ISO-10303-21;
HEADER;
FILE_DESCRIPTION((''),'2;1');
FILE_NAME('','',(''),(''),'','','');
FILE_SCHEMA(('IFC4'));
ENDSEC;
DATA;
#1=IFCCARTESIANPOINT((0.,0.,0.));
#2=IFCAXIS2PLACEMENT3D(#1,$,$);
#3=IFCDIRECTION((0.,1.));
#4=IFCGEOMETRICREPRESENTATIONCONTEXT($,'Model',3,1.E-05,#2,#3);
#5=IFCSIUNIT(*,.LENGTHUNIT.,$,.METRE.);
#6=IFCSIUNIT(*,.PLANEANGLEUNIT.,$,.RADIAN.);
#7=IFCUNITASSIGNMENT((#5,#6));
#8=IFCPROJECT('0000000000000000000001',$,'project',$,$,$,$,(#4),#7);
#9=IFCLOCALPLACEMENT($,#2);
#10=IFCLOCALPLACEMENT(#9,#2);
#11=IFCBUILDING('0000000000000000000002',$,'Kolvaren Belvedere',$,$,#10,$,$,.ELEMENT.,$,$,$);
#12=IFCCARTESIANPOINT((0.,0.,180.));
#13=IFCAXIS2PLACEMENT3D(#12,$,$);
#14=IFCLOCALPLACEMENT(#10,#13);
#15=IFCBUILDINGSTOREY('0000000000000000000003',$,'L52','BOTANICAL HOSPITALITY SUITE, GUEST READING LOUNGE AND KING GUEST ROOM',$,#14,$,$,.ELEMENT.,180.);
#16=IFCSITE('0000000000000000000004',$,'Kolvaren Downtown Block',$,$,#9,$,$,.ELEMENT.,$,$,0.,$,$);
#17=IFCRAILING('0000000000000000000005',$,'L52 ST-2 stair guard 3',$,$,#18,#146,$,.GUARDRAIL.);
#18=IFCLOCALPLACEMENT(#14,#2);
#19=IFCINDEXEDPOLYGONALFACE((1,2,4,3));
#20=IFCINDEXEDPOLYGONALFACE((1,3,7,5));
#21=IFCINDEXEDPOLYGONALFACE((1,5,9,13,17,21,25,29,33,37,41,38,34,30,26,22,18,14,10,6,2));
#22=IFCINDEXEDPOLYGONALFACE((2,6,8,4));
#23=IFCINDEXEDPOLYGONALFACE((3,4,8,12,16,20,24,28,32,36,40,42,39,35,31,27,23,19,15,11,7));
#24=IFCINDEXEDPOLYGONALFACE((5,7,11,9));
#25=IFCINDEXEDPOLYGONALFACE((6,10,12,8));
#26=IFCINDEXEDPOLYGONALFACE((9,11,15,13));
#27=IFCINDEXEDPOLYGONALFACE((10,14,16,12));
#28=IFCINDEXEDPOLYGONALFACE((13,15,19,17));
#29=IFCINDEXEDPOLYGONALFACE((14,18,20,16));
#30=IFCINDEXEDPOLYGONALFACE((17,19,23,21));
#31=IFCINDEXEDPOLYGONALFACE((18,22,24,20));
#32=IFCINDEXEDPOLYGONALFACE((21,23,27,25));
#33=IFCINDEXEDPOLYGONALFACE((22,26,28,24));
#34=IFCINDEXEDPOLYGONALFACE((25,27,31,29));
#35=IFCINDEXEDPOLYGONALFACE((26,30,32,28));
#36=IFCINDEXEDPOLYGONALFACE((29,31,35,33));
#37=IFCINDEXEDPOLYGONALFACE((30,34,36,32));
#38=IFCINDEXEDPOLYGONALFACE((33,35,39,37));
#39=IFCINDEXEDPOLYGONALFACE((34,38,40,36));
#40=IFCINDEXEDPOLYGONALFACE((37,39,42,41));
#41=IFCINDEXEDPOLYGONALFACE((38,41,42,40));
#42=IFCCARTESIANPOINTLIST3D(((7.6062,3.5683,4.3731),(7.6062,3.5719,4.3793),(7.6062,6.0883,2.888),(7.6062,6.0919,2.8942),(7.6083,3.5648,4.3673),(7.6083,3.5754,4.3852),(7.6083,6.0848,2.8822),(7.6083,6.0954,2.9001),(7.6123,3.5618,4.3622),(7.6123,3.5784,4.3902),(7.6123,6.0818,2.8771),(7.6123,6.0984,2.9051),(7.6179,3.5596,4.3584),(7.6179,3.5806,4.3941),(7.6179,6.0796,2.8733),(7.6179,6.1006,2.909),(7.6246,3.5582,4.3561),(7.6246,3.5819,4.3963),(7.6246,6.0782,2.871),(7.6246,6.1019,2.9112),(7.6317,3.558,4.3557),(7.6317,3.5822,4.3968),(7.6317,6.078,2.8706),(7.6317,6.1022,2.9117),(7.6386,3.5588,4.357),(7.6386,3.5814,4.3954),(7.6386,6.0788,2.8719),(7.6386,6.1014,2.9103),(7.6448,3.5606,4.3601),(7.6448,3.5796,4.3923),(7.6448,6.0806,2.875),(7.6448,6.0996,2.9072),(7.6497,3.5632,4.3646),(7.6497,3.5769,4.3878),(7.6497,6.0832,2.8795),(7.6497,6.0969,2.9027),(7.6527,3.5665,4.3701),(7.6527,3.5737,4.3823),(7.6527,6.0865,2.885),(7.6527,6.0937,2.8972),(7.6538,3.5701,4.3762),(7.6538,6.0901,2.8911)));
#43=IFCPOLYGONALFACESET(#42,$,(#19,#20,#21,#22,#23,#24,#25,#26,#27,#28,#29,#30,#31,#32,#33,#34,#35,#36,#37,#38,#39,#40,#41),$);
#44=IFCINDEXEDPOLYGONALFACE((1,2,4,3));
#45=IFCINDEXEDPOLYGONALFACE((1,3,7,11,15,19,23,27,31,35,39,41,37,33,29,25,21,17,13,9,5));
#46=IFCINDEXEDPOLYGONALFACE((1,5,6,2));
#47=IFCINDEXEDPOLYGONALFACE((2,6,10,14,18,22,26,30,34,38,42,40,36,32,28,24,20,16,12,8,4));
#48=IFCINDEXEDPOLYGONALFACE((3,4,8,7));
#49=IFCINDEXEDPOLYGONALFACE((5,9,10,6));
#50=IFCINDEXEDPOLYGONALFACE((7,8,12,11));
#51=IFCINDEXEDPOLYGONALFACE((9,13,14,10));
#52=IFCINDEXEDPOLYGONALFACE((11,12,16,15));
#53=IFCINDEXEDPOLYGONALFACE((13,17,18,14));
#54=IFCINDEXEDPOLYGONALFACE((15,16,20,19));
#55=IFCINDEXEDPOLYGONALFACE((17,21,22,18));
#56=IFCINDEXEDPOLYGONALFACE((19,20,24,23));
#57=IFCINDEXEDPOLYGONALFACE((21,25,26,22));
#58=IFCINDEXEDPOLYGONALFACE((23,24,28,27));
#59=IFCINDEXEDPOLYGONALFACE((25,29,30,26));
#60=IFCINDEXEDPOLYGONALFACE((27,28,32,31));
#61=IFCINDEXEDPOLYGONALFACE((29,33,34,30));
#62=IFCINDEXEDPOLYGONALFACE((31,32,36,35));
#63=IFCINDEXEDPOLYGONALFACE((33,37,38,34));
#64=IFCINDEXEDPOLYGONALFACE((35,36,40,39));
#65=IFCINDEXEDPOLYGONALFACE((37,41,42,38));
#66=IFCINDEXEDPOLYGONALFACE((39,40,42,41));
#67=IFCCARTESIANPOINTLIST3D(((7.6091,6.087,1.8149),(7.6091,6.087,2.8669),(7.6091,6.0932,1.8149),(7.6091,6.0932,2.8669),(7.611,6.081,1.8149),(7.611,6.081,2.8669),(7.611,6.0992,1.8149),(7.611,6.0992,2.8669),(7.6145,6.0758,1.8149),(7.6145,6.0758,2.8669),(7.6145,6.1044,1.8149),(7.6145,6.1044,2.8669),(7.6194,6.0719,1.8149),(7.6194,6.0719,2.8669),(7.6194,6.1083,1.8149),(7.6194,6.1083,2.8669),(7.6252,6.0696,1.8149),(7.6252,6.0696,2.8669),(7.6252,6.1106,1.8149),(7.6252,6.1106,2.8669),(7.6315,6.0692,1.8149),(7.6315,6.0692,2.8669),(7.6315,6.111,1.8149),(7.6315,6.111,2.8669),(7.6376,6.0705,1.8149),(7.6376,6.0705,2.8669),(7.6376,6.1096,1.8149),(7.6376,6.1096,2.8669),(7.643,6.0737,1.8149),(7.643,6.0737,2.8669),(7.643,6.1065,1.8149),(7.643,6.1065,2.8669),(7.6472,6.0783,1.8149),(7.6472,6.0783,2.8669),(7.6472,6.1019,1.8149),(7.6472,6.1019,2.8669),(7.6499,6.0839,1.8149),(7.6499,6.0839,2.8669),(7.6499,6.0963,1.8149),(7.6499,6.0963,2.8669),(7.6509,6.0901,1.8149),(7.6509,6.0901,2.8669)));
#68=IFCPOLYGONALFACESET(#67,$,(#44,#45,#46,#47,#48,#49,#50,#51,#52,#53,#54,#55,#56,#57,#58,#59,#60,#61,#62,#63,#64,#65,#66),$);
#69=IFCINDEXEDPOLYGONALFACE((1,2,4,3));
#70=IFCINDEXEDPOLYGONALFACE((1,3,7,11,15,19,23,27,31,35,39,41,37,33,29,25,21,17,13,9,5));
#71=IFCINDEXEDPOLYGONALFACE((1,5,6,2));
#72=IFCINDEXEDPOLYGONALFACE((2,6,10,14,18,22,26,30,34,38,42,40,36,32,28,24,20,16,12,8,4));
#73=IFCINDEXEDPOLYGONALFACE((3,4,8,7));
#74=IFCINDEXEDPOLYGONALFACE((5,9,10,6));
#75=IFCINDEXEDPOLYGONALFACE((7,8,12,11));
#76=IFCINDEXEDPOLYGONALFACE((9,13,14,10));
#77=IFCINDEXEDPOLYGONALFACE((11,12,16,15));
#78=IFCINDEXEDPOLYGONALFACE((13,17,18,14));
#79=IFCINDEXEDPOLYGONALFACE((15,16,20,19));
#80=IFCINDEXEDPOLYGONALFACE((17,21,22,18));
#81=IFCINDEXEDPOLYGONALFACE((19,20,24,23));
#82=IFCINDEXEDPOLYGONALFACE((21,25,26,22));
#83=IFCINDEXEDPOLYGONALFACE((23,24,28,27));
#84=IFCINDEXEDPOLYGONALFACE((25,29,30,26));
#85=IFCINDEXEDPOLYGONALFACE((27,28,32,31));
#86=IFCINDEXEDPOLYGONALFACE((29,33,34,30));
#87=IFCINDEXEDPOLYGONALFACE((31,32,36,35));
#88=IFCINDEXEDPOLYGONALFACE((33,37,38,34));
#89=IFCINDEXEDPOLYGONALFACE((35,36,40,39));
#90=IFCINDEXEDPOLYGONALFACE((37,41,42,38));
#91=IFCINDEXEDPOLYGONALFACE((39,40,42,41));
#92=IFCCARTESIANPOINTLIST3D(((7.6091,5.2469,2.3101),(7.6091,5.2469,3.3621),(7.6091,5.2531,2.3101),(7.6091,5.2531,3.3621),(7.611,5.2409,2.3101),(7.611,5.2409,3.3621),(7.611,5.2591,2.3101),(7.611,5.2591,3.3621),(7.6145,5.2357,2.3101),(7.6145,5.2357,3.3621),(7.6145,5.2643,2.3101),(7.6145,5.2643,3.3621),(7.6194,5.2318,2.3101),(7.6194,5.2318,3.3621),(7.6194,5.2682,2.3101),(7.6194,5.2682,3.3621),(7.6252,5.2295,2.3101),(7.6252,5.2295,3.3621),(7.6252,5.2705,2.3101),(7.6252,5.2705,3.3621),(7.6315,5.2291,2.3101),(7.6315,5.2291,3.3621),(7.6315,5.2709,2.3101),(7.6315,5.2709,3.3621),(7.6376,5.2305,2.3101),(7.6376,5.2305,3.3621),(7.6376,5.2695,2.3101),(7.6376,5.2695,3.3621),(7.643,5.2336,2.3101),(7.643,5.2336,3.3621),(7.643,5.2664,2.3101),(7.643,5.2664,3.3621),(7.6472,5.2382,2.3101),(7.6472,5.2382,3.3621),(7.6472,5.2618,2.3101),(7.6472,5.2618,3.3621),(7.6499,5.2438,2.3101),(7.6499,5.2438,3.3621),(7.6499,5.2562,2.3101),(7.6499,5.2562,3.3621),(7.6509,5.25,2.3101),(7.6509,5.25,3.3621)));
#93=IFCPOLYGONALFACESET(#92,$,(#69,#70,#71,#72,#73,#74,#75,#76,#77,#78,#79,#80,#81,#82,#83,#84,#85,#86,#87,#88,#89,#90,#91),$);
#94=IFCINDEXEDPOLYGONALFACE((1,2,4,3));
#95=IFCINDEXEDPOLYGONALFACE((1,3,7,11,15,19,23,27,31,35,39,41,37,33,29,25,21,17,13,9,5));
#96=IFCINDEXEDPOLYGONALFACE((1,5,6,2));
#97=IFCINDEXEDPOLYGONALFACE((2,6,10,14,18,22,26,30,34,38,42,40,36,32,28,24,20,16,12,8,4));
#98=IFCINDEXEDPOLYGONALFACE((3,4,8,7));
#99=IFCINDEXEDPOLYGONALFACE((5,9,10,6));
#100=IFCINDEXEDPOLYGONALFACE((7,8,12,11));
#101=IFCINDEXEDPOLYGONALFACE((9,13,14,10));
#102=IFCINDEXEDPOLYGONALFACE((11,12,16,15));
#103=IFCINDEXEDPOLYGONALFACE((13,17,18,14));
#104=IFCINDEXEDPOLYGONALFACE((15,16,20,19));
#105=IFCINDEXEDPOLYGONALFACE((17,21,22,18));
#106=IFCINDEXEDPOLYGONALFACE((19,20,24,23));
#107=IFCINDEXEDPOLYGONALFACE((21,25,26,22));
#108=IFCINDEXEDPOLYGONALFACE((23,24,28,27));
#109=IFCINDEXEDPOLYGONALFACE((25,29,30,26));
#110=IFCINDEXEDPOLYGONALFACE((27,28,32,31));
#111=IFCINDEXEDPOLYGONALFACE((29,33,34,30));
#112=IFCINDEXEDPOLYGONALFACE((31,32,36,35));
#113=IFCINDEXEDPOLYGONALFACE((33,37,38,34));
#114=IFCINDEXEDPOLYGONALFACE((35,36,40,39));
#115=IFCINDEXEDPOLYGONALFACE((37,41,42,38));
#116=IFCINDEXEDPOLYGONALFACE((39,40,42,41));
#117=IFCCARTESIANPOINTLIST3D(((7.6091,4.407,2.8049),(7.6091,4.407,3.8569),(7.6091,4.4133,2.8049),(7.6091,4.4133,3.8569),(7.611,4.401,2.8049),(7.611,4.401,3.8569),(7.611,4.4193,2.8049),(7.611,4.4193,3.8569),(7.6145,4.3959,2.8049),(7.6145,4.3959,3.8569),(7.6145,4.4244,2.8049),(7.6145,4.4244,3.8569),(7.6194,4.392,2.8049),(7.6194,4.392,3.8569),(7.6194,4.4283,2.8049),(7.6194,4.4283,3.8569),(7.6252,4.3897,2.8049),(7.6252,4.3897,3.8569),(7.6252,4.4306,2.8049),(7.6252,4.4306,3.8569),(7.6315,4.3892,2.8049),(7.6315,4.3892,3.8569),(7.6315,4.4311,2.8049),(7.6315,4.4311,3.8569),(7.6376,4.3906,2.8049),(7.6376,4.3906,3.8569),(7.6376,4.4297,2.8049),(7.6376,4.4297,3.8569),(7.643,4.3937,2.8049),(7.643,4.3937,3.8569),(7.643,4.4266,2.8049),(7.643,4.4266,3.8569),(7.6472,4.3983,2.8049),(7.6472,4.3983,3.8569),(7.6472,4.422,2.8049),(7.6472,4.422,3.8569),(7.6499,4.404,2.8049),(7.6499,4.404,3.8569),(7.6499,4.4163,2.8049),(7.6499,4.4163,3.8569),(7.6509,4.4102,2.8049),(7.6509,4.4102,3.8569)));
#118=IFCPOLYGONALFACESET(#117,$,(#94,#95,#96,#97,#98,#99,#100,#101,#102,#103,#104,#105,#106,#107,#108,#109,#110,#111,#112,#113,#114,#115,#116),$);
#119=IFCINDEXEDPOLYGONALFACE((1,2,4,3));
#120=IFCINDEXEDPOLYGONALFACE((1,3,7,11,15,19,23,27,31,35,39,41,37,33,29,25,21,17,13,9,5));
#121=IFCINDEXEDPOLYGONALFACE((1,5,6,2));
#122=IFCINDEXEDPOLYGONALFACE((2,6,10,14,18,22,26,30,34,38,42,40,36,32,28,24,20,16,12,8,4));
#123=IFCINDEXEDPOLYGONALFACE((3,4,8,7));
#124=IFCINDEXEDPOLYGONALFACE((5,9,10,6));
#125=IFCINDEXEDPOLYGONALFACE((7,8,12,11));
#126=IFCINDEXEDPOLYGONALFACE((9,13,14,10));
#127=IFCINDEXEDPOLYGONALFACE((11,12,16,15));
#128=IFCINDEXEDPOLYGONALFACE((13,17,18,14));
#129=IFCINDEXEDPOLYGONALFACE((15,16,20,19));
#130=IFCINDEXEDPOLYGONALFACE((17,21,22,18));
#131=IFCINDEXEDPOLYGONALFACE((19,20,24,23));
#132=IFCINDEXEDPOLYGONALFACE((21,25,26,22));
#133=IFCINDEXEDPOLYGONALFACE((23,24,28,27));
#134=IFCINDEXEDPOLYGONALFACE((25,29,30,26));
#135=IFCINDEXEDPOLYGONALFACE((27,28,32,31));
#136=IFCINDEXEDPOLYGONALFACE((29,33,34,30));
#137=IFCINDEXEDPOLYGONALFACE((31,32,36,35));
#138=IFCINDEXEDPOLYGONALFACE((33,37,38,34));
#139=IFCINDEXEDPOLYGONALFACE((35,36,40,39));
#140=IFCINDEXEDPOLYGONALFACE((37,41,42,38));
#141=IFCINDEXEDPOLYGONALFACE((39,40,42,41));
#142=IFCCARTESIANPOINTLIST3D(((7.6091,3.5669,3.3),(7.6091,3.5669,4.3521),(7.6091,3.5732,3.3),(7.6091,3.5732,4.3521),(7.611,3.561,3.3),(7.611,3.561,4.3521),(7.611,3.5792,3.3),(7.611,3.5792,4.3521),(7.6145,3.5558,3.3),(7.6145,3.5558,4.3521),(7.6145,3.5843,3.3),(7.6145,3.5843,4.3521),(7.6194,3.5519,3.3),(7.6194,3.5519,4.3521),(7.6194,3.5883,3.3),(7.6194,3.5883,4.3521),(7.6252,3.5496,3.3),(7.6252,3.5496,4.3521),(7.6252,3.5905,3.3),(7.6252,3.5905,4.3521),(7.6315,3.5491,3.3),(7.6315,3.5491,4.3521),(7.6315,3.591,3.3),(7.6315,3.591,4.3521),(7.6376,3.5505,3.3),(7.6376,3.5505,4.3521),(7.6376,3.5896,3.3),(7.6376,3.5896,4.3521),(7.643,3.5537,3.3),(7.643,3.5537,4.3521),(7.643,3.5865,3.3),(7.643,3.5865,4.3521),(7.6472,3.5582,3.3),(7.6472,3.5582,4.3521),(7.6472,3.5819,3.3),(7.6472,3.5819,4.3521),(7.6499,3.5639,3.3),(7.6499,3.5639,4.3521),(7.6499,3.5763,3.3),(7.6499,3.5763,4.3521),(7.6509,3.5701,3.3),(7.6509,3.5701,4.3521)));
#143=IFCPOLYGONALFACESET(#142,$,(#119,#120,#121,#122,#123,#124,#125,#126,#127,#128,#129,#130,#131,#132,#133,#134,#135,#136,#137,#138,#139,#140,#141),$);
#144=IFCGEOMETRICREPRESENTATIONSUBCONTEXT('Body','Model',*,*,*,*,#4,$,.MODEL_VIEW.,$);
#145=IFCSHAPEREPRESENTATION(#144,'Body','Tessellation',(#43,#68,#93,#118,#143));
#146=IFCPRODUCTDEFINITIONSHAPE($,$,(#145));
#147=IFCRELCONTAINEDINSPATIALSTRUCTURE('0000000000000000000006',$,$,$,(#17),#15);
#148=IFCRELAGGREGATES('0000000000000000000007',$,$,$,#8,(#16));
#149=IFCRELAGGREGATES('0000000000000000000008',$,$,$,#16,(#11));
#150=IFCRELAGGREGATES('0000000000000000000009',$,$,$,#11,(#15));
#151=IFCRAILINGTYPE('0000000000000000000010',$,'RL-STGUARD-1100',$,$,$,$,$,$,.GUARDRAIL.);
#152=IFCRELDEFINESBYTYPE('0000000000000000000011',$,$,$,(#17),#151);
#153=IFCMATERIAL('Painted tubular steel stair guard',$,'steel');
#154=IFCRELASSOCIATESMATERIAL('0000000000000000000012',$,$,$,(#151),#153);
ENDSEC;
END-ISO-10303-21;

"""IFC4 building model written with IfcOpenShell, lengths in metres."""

from ifc_helpers import new_model, si_unit, direction, frame, origin, origin_2d, place, context, subcontext, project, spatial, circle, extrude, material, type_object, element, save


model = new_model("IFC4")

# Units and contexts
model_context = context("Model", 3, precision=1e-05, world=origin(), true_north=direction((0.0, 1.0)))
body_context = subcontext(model_context, "Body", "Model", "MODEL_VIEW")
ifc_project = project(units=[si_unit("LENGTHUNIT", "METRE"), si_unit("PLANEANGLEUNIT", "RADIAN")], contexts=[model_context])

# Site, building, storey
site_placement = place(None, origin())
site = spatial("IfcSite", under=ifc_project, at=site_placement, Name="Kolvaren Downtown Block", CompositionType="ELEMENT", RefElevation=0.0)
building_placement = place(site_placement, origin())
building = spatial("IfcBuilding", under=site, at=building_placement, Name="Kolvaren Belvedere", CompositionType="ELEMENT")
storey_placement = place(building_placement, frame((0.0, 0.0, 180.0)))
storey = spatial("IfcBuildingStorey", under=building, at=storey_placement, Name="L52", Description="BOTANICAL HOSPITALITY SUITE, GUEST READING LOUNGE AND KING GUEST ROOM", CompositionType="ELEMENT", Elevation=180.0)

# Railing
ifc_material_1 = material(Name="Painted tubular steel stair guard", Category="steel")
railing_type_1 = type_object("IfcRailingType", Name="RL-STGUARD-1100", PredefinedType="GUARDRAIL", material=ifc_material_1)
railing_1_placement = place(storey_placement, frame((7.6299, 6.0901, 1.8149)))
element("IfcRailing", 1, at=railing_1_placement, inside=storey, type_object=railing_type_1, Name="L52 ST-2 stair guard 3", PredefinedType="GUARDRAIL", context=body_context, shape_type="SweptSolid", body=[
    extrude(circle(Radius=0.0239, at=origin_2d()), frame((0.0, 0.0, 1.0762), z_axis=(0.0, -0.861524, 0.507717), x_axis=(1.0, 0.0, 0.0)), (0.0, 0.0, 1.0), 2.925),
    extrude(circle(Radius=0.021, at=origin_2d()), origin(), (0.0, 0.0, 1.0), 1.052),
    extrude(circle(Radius=0.021, at=origin_2d()), frame((0.0, -0.8401, 0.4951)), (0.0, 0.0, 1.0), 1.052),
    extrude(circle(Radius=0.021, at=origin_2d()), frame((0.0, -1.6799, 0.99)), (0.0, 0.0, 1.0), 1.052),
    extrude(circle(Radius=0.021, at=origin_2d()), frame((0.0, -2.52, 1.4851)), (0.0, 0.0, 1.0), 1.052),
])

save(model, "model.ifc")
